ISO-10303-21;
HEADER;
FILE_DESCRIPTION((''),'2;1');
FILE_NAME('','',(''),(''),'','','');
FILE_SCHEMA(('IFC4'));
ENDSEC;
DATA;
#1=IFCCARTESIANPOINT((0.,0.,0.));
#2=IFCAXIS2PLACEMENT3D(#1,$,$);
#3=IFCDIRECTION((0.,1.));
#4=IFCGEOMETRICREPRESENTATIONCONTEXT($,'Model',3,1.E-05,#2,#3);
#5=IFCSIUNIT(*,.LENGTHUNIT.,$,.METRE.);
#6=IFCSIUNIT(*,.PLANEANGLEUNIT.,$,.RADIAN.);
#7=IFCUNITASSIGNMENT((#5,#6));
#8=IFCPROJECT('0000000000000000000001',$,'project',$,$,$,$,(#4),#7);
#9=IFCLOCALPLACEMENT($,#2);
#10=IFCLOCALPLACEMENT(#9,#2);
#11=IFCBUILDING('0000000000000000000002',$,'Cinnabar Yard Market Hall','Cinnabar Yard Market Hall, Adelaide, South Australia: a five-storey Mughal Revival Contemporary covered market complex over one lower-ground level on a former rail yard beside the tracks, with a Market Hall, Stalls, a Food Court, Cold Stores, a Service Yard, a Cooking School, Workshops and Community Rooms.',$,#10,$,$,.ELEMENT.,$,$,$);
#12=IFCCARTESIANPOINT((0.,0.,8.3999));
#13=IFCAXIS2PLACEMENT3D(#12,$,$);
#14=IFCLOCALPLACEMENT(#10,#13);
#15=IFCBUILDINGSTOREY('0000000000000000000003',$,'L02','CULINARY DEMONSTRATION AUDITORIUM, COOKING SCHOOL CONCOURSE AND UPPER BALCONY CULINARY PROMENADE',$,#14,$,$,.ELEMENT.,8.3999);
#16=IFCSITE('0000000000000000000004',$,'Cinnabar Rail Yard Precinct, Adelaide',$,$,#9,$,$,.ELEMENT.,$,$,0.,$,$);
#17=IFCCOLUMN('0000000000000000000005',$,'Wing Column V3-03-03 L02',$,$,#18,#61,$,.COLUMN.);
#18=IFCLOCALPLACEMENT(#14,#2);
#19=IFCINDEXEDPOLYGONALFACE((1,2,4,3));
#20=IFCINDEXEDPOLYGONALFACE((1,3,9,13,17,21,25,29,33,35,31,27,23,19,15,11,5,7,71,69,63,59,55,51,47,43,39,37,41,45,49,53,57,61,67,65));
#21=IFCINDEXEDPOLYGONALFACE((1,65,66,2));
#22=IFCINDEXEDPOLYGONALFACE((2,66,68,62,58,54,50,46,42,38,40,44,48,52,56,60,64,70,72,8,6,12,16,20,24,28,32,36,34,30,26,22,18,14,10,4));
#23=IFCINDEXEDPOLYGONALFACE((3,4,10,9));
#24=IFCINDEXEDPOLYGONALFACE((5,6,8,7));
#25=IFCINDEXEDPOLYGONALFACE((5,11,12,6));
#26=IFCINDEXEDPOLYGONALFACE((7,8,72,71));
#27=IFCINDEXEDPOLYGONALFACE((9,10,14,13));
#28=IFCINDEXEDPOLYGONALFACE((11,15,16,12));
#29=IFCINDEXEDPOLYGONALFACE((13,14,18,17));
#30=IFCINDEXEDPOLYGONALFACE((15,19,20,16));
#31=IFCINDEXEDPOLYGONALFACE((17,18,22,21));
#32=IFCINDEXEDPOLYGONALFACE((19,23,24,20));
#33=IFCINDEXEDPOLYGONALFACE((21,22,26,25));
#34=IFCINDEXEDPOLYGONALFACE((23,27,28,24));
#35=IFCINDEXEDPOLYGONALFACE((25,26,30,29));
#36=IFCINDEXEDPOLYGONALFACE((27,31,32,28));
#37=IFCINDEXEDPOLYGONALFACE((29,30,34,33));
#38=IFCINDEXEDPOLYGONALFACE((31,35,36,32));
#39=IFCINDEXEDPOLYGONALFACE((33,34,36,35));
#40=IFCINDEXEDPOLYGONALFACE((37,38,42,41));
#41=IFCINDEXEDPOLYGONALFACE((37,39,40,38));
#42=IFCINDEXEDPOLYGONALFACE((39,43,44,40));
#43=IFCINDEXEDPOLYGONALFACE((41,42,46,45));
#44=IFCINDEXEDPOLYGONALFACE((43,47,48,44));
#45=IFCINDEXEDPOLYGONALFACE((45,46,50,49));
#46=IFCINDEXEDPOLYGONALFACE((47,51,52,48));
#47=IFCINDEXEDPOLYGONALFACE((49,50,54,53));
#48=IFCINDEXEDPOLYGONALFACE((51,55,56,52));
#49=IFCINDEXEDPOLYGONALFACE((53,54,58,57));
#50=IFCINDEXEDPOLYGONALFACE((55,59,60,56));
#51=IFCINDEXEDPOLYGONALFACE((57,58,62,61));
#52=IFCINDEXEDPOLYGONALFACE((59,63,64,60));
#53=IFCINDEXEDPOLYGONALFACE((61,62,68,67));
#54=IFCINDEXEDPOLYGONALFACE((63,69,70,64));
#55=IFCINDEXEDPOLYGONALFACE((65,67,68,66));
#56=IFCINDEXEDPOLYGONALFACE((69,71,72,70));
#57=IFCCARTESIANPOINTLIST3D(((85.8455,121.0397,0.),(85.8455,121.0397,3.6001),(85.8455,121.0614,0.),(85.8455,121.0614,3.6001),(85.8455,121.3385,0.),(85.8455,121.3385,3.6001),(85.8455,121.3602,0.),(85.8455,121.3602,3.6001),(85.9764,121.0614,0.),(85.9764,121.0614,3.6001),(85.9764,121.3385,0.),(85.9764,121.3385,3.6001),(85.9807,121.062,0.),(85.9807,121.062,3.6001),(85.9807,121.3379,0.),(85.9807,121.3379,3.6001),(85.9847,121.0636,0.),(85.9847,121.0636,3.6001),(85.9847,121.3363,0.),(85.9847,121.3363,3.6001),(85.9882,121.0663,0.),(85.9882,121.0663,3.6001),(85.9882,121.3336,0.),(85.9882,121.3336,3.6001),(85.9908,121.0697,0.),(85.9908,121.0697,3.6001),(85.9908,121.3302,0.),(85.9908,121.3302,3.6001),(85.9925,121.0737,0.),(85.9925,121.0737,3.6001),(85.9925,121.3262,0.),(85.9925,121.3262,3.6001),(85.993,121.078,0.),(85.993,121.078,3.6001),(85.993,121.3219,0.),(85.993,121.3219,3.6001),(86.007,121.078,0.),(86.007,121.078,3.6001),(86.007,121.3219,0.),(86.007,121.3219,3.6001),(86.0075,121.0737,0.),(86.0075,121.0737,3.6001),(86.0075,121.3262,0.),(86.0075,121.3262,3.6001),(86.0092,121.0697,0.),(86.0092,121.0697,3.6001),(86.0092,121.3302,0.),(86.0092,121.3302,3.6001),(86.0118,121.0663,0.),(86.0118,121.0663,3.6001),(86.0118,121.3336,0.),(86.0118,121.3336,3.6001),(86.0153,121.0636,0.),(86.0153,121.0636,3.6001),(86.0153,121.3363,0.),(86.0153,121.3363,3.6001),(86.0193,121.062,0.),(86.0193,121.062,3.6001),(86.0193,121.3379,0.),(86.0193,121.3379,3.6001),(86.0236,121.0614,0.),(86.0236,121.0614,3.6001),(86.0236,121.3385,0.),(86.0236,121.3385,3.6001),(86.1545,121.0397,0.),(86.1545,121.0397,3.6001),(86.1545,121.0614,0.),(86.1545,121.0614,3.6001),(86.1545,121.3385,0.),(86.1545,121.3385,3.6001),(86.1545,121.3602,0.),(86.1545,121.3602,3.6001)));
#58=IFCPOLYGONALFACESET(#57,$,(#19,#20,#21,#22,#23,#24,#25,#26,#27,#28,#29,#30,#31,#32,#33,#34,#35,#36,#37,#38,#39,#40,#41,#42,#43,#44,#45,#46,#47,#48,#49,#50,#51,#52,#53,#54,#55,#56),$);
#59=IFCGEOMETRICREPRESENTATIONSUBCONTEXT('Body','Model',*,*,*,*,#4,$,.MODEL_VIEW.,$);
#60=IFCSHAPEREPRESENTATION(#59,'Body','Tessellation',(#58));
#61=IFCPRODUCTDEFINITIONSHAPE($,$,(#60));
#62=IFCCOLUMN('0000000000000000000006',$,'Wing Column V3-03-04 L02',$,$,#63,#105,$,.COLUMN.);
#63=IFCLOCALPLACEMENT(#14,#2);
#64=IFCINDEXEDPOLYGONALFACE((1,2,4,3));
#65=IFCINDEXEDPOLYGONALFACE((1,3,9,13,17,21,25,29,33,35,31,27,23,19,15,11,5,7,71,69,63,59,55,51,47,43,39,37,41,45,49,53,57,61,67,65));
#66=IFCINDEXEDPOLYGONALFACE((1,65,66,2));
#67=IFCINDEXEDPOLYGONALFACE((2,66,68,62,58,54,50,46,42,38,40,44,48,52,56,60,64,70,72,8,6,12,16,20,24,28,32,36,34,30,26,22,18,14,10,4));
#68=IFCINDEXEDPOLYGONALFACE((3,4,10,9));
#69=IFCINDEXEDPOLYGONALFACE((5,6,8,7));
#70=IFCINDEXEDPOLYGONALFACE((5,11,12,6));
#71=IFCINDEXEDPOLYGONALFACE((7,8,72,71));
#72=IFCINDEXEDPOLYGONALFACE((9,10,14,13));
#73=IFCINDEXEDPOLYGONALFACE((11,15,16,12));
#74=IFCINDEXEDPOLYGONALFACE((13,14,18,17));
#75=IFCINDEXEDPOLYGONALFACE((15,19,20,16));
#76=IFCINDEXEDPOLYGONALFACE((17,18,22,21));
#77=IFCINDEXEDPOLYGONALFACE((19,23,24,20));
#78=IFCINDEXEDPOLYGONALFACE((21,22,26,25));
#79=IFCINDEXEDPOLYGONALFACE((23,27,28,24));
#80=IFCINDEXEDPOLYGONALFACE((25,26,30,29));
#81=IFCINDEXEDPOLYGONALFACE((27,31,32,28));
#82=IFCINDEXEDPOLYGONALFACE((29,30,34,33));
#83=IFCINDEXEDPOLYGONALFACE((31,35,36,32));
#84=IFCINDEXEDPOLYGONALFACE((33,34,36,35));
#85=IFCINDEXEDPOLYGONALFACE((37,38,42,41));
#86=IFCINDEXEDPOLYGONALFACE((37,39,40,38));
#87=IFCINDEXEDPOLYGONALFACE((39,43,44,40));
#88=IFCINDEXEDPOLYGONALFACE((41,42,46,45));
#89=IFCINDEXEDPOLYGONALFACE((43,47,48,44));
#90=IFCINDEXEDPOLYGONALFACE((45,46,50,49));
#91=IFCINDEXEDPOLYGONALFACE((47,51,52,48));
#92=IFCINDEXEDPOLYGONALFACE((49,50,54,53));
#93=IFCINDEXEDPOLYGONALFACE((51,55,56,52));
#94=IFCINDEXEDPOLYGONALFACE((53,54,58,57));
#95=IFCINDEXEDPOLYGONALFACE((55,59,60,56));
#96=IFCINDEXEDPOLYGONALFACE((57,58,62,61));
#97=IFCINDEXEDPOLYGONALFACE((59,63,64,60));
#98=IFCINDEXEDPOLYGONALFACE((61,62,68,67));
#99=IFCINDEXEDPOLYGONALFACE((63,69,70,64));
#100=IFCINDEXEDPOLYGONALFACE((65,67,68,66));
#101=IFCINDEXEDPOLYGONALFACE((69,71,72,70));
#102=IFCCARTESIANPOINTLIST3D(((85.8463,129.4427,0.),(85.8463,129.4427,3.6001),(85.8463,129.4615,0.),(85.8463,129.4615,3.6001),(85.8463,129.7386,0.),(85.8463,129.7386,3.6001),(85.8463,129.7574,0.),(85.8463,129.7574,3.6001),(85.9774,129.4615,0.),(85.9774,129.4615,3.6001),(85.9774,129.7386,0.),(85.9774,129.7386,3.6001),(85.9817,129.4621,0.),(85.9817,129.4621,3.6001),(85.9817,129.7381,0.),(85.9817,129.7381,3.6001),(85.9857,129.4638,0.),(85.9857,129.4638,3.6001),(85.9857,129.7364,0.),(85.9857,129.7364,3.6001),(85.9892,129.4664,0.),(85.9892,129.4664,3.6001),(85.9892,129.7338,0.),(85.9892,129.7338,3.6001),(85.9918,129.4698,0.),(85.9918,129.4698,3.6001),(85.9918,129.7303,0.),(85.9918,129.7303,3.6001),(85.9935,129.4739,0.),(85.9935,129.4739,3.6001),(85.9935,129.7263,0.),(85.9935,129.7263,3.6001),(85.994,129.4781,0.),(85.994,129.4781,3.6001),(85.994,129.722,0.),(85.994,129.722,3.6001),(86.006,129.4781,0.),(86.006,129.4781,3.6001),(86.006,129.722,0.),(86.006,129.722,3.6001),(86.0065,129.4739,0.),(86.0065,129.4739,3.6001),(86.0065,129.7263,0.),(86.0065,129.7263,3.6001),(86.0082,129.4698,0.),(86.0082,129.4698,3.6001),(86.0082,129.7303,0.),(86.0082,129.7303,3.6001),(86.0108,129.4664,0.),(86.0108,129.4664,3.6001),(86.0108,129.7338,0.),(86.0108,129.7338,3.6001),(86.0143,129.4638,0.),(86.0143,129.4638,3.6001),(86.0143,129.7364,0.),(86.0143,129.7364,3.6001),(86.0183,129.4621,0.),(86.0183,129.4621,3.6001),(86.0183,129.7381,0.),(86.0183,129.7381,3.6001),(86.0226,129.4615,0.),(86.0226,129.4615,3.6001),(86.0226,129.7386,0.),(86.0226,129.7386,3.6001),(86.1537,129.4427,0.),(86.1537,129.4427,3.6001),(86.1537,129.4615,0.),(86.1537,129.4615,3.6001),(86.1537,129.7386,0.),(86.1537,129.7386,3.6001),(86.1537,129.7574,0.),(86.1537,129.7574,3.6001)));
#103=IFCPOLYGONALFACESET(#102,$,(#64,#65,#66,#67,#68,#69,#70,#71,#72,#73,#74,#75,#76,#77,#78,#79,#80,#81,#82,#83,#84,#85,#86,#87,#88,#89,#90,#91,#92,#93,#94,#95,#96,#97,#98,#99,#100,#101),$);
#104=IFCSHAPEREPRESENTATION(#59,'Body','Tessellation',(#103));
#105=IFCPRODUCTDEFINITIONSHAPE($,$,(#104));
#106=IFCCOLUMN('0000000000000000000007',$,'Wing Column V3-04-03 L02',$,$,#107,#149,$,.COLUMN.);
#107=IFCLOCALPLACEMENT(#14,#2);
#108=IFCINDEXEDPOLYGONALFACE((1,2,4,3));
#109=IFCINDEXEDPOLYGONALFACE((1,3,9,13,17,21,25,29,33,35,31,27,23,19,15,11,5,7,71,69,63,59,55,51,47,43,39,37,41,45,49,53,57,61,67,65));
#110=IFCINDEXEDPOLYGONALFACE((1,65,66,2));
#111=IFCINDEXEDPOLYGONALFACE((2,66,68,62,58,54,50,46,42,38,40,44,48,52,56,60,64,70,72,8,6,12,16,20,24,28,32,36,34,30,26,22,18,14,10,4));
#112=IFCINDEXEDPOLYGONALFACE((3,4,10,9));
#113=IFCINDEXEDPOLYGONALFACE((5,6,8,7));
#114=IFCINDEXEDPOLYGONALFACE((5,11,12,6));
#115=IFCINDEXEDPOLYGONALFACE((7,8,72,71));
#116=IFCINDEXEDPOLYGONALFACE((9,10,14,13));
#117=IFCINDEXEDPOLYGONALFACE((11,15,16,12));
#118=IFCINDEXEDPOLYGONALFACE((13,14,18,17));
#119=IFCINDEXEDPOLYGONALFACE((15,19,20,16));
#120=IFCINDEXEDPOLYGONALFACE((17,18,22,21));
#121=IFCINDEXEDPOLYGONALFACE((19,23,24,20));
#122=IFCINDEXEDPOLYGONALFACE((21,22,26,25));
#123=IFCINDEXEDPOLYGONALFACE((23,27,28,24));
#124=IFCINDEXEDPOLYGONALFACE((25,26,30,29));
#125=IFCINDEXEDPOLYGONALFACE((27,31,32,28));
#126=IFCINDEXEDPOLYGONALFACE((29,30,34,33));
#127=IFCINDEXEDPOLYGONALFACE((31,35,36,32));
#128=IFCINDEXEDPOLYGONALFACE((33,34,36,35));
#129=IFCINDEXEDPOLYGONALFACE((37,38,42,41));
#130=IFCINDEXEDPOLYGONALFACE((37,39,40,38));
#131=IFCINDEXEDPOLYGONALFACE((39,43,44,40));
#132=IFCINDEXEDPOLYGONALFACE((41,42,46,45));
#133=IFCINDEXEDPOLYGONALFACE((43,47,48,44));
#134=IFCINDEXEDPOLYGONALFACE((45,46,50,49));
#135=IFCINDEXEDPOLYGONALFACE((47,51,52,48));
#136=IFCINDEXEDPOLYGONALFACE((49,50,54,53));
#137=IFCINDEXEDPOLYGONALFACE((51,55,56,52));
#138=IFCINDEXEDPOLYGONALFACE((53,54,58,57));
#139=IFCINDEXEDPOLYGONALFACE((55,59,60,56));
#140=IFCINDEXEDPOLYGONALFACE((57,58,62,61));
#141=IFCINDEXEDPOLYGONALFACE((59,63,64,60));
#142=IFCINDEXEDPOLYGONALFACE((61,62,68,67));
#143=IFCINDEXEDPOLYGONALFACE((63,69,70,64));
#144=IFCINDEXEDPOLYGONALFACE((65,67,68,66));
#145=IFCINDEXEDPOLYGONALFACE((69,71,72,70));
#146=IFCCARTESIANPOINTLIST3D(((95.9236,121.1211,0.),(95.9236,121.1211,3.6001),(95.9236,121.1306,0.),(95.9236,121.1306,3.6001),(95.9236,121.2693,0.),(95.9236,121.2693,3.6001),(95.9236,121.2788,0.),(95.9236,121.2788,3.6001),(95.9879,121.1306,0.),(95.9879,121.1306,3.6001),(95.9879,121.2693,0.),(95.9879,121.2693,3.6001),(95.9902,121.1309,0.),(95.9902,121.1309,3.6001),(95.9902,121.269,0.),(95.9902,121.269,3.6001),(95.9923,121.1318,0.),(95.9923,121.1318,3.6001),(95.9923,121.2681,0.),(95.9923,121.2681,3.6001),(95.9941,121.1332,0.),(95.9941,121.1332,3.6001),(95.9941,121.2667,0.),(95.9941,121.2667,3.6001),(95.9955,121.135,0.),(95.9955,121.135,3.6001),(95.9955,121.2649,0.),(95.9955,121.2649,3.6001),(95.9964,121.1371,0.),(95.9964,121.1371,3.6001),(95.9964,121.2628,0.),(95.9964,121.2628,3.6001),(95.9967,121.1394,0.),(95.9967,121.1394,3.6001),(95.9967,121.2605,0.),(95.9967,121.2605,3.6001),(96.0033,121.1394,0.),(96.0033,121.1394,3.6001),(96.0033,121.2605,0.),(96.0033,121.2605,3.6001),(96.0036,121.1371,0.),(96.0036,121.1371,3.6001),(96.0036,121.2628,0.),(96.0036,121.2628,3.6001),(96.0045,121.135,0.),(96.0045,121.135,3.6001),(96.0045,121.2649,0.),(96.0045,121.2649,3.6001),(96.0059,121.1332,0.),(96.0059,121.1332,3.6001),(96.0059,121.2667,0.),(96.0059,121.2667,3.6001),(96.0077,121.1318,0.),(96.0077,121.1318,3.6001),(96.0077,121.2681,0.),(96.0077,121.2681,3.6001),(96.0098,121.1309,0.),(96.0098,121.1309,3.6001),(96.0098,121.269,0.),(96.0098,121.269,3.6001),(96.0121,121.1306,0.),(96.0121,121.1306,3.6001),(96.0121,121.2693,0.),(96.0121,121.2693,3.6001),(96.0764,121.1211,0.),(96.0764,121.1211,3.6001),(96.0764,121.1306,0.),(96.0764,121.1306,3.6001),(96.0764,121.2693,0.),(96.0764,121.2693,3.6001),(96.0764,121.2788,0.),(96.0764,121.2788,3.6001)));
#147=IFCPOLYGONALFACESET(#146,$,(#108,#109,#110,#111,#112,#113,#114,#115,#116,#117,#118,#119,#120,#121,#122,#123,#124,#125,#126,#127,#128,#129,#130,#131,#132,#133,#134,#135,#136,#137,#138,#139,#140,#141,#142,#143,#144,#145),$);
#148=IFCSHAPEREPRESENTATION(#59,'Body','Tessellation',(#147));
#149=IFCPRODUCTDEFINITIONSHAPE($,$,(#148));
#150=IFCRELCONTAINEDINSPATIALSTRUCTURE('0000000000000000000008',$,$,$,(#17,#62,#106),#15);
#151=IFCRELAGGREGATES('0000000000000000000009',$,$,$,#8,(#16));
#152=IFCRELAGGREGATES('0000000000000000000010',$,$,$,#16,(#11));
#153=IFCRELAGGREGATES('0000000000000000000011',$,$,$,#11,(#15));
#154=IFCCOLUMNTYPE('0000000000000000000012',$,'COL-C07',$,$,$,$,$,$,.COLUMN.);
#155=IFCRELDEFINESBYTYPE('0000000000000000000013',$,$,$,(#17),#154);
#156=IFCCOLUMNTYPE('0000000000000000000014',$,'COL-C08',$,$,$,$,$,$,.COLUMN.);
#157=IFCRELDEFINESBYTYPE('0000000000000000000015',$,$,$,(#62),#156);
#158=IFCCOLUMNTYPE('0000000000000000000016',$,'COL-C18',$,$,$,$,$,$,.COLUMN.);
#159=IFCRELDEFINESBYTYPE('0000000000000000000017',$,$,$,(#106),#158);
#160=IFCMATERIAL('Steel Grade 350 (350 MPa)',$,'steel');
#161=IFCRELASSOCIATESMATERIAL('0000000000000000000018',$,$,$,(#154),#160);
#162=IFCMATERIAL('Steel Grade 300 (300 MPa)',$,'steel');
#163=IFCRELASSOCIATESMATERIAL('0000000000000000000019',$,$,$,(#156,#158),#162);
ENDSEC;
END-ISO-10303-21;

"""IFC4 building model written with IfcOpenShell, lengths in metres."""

from ifc_helpers import new_model, si_unit, direction, frame, origin, origin_2d_with_axis, place, context, subcontext, project, spatial, i_section, extrude, material, material_profile, profile_set, type_object, element, save


model = new_model("IFC4")

# Units and contexts
model_context = context("Model", 3, precision=1e-05, world=origin(), true_north=direction((0.0, 1.0)))
body_context = subcontext(model_context, "Body", "Model", "MODEL_VIEW")
ifc_project = project(units=[si_unit("LENGTHUNIT", "METRE"), si_unit("PLANEANGLEUNIT", "RADIAN")], contexts=[model_context])

# Site, building, storey
site_placement = place(None, origin())
site = spatial("IfcSite", under=ifc_project, at=site_placement, Name="Cinnabar Rail Yard Precinct, Adelaide", CompositionType="ELEMENT", RefElevation=0.0)
building_placement = place(site_placement, origin())
building = spatial("IfcBuilding", under=site, at=building_placement, Name="Cinnabar Yard Market Hall", Description="Cinnabar Yard Market Hall, Adelaide, South Australia: a five-storey Mughal Revival Contemporary covered market complex over one lower-ground level on a former rail yard beside the tracks, with a Market Hall, Stalls, a Food Court, Cold Stores, a Service Yard, a Cooking School, Workshops and Community Rooms.", CompositionType="ELEMENT")
storey_placement = place(building_placement, frame((0.0, 0.0, 8.3999)))
storey = spatial("IfcBuildingStorey", under=building, at=storey_placement, Name="L02", Description="CULINARY DEMONSTRATION AUDITORIUM, COOKING SCHOOL CONCOURSE AND UPPER BALCONY CULINARY PROMENADE", CompositionType="ELEMENT", Elevation=8.3999)

# Columns
ifc_material_1 = material(Name="Steel Grade 350 (350 MPa)", Category="steel")
ifc_material_profile_1 = material_profile(ifc_material_1, i_section(OverallWidth=0.3091, OverallDepth=0.3206, WebThickness=0.0139, FlangeThickness=0.0217, FilletRadius=0.0166, at=origin_2d_with_axis()), Name="310UC137")
ifc_profile_set_1 = profile_set([ifc_material_profile_1], Name="Steel Grade 350 (350 MPa)")
column_type_1 = type_object("IfcColumnType", Name="COL-C07", PredefinedType="COLUMN", material=ifc_profile_set_1)
column_1_placement = place(storey_placement, frame((86.0, 121.2, 0.0), z_axis=(0.0, 0.0, 1.0), x_axis=(1.0, 0.0, 0.0)))
element("IfcColumn", 1, at=column_1_placement, inside=storey, type_object=column_type_1, Name="Wing Column V3-03-03 L02", PredefinedType="COLUMN", context=body_context, shape_type="SweptSolid", body=[
    extrude(i_section(OverallWidth=0.3091, OverallDepth=0.3206, WebThickness=0.0139, FlangeThickness=0.0217, FilletRadius=0.0166, at=origin_2d_with_axis()), origin(), (0.0, 0.0, 1.0), 3.6001),
])
ifc_material_2 = material(Name="Steel Grade 300 (300 MPa)", Category="steel")
ifc_material_profile_2 = material_profile(ifc_material_2, i_section(OverallWidth=0.3074, OverallDepth=0.3147, WebThickness=0.012, FlangeThickness=0.0188, FilletRadius=0.0166, at=origin_2d_with_axis()), Name="310UC118")
ifc_profile_set_2 = profile_set([ifc_material_profile_2], Name="Steel Grade 300 (300 MPa)")
column_type_2 = type_object("IfcColumnType", Name="COL-C08", PredefinedType="COLUMN", material=ifc_profile_set_2)
column_2_placement = place(storey_placement, frame((86.0, 129.6001, 0.0), z_axis=(0.0, 0.0, 1.0), x_axis=(1.0, 0.0, 0.0)))
element("IfcColumn", 2, at=column_2_placement, inside=storey, type_object=column_type_2, Name="Wing Column V3-03-04 L02", PredefinedType="COLUMN", context=body_context, shape_type="SweptSolid", body=[
    extrude(i_section(OverallWidth=0.3074, OverallDepth=0.3147, WebThickness=0.012, FlangeThickness=0.0188, FilletRadius=0.0166, at=origin_2d_with_axis()), origin(), (0.0, 0.0, 1.0), 3.6001),
])
ifc_material_profile_3 = material_profile(ifc_material_2, i_section(OverallWidth=0.1528, OverallDepth=0.1577, WebThickness=0.0066, FlangeThickness=0.0095, FilletRadius=0.0088, at=origin_2d_with_axis()), Name="150UC30.0")
ifc_profile_set_3 = profile_set([ifc_material_profile_3], Name="Steel Grade 300 (300 MPa)")
column_type_3 = type_object("IfcColumnType", Name="COL-C18", PredefinedType="COLUMN", material=ifc_profile_set_3)
column_3_placement = place(storey_placement, frame((96.0, 121.2, 0.0), z_axis=(0.0, 0.0, 1.0), x_axis=(1.0, 0.0, 0.0)))
element("IfcColumn", 3, at=column_3_placement, inside=storey, type_object=column_type_3, Name="Wing Column V3-04-03 L02", PredefinedType="COLUMN", context=body_context, shape_type="SweptSolid", body=[
    extrude(i_section(OverallWidth=0.1528, OverallDepth=0.1577, WebThickness=0.0066, FlangeThickness=0.0095, FilletRadius=0.0088, at=origin_2d_with_axis()), origin(), (0.0, 0.0, 1.0), 3.6001),
])

save(model, "model.ifc")
